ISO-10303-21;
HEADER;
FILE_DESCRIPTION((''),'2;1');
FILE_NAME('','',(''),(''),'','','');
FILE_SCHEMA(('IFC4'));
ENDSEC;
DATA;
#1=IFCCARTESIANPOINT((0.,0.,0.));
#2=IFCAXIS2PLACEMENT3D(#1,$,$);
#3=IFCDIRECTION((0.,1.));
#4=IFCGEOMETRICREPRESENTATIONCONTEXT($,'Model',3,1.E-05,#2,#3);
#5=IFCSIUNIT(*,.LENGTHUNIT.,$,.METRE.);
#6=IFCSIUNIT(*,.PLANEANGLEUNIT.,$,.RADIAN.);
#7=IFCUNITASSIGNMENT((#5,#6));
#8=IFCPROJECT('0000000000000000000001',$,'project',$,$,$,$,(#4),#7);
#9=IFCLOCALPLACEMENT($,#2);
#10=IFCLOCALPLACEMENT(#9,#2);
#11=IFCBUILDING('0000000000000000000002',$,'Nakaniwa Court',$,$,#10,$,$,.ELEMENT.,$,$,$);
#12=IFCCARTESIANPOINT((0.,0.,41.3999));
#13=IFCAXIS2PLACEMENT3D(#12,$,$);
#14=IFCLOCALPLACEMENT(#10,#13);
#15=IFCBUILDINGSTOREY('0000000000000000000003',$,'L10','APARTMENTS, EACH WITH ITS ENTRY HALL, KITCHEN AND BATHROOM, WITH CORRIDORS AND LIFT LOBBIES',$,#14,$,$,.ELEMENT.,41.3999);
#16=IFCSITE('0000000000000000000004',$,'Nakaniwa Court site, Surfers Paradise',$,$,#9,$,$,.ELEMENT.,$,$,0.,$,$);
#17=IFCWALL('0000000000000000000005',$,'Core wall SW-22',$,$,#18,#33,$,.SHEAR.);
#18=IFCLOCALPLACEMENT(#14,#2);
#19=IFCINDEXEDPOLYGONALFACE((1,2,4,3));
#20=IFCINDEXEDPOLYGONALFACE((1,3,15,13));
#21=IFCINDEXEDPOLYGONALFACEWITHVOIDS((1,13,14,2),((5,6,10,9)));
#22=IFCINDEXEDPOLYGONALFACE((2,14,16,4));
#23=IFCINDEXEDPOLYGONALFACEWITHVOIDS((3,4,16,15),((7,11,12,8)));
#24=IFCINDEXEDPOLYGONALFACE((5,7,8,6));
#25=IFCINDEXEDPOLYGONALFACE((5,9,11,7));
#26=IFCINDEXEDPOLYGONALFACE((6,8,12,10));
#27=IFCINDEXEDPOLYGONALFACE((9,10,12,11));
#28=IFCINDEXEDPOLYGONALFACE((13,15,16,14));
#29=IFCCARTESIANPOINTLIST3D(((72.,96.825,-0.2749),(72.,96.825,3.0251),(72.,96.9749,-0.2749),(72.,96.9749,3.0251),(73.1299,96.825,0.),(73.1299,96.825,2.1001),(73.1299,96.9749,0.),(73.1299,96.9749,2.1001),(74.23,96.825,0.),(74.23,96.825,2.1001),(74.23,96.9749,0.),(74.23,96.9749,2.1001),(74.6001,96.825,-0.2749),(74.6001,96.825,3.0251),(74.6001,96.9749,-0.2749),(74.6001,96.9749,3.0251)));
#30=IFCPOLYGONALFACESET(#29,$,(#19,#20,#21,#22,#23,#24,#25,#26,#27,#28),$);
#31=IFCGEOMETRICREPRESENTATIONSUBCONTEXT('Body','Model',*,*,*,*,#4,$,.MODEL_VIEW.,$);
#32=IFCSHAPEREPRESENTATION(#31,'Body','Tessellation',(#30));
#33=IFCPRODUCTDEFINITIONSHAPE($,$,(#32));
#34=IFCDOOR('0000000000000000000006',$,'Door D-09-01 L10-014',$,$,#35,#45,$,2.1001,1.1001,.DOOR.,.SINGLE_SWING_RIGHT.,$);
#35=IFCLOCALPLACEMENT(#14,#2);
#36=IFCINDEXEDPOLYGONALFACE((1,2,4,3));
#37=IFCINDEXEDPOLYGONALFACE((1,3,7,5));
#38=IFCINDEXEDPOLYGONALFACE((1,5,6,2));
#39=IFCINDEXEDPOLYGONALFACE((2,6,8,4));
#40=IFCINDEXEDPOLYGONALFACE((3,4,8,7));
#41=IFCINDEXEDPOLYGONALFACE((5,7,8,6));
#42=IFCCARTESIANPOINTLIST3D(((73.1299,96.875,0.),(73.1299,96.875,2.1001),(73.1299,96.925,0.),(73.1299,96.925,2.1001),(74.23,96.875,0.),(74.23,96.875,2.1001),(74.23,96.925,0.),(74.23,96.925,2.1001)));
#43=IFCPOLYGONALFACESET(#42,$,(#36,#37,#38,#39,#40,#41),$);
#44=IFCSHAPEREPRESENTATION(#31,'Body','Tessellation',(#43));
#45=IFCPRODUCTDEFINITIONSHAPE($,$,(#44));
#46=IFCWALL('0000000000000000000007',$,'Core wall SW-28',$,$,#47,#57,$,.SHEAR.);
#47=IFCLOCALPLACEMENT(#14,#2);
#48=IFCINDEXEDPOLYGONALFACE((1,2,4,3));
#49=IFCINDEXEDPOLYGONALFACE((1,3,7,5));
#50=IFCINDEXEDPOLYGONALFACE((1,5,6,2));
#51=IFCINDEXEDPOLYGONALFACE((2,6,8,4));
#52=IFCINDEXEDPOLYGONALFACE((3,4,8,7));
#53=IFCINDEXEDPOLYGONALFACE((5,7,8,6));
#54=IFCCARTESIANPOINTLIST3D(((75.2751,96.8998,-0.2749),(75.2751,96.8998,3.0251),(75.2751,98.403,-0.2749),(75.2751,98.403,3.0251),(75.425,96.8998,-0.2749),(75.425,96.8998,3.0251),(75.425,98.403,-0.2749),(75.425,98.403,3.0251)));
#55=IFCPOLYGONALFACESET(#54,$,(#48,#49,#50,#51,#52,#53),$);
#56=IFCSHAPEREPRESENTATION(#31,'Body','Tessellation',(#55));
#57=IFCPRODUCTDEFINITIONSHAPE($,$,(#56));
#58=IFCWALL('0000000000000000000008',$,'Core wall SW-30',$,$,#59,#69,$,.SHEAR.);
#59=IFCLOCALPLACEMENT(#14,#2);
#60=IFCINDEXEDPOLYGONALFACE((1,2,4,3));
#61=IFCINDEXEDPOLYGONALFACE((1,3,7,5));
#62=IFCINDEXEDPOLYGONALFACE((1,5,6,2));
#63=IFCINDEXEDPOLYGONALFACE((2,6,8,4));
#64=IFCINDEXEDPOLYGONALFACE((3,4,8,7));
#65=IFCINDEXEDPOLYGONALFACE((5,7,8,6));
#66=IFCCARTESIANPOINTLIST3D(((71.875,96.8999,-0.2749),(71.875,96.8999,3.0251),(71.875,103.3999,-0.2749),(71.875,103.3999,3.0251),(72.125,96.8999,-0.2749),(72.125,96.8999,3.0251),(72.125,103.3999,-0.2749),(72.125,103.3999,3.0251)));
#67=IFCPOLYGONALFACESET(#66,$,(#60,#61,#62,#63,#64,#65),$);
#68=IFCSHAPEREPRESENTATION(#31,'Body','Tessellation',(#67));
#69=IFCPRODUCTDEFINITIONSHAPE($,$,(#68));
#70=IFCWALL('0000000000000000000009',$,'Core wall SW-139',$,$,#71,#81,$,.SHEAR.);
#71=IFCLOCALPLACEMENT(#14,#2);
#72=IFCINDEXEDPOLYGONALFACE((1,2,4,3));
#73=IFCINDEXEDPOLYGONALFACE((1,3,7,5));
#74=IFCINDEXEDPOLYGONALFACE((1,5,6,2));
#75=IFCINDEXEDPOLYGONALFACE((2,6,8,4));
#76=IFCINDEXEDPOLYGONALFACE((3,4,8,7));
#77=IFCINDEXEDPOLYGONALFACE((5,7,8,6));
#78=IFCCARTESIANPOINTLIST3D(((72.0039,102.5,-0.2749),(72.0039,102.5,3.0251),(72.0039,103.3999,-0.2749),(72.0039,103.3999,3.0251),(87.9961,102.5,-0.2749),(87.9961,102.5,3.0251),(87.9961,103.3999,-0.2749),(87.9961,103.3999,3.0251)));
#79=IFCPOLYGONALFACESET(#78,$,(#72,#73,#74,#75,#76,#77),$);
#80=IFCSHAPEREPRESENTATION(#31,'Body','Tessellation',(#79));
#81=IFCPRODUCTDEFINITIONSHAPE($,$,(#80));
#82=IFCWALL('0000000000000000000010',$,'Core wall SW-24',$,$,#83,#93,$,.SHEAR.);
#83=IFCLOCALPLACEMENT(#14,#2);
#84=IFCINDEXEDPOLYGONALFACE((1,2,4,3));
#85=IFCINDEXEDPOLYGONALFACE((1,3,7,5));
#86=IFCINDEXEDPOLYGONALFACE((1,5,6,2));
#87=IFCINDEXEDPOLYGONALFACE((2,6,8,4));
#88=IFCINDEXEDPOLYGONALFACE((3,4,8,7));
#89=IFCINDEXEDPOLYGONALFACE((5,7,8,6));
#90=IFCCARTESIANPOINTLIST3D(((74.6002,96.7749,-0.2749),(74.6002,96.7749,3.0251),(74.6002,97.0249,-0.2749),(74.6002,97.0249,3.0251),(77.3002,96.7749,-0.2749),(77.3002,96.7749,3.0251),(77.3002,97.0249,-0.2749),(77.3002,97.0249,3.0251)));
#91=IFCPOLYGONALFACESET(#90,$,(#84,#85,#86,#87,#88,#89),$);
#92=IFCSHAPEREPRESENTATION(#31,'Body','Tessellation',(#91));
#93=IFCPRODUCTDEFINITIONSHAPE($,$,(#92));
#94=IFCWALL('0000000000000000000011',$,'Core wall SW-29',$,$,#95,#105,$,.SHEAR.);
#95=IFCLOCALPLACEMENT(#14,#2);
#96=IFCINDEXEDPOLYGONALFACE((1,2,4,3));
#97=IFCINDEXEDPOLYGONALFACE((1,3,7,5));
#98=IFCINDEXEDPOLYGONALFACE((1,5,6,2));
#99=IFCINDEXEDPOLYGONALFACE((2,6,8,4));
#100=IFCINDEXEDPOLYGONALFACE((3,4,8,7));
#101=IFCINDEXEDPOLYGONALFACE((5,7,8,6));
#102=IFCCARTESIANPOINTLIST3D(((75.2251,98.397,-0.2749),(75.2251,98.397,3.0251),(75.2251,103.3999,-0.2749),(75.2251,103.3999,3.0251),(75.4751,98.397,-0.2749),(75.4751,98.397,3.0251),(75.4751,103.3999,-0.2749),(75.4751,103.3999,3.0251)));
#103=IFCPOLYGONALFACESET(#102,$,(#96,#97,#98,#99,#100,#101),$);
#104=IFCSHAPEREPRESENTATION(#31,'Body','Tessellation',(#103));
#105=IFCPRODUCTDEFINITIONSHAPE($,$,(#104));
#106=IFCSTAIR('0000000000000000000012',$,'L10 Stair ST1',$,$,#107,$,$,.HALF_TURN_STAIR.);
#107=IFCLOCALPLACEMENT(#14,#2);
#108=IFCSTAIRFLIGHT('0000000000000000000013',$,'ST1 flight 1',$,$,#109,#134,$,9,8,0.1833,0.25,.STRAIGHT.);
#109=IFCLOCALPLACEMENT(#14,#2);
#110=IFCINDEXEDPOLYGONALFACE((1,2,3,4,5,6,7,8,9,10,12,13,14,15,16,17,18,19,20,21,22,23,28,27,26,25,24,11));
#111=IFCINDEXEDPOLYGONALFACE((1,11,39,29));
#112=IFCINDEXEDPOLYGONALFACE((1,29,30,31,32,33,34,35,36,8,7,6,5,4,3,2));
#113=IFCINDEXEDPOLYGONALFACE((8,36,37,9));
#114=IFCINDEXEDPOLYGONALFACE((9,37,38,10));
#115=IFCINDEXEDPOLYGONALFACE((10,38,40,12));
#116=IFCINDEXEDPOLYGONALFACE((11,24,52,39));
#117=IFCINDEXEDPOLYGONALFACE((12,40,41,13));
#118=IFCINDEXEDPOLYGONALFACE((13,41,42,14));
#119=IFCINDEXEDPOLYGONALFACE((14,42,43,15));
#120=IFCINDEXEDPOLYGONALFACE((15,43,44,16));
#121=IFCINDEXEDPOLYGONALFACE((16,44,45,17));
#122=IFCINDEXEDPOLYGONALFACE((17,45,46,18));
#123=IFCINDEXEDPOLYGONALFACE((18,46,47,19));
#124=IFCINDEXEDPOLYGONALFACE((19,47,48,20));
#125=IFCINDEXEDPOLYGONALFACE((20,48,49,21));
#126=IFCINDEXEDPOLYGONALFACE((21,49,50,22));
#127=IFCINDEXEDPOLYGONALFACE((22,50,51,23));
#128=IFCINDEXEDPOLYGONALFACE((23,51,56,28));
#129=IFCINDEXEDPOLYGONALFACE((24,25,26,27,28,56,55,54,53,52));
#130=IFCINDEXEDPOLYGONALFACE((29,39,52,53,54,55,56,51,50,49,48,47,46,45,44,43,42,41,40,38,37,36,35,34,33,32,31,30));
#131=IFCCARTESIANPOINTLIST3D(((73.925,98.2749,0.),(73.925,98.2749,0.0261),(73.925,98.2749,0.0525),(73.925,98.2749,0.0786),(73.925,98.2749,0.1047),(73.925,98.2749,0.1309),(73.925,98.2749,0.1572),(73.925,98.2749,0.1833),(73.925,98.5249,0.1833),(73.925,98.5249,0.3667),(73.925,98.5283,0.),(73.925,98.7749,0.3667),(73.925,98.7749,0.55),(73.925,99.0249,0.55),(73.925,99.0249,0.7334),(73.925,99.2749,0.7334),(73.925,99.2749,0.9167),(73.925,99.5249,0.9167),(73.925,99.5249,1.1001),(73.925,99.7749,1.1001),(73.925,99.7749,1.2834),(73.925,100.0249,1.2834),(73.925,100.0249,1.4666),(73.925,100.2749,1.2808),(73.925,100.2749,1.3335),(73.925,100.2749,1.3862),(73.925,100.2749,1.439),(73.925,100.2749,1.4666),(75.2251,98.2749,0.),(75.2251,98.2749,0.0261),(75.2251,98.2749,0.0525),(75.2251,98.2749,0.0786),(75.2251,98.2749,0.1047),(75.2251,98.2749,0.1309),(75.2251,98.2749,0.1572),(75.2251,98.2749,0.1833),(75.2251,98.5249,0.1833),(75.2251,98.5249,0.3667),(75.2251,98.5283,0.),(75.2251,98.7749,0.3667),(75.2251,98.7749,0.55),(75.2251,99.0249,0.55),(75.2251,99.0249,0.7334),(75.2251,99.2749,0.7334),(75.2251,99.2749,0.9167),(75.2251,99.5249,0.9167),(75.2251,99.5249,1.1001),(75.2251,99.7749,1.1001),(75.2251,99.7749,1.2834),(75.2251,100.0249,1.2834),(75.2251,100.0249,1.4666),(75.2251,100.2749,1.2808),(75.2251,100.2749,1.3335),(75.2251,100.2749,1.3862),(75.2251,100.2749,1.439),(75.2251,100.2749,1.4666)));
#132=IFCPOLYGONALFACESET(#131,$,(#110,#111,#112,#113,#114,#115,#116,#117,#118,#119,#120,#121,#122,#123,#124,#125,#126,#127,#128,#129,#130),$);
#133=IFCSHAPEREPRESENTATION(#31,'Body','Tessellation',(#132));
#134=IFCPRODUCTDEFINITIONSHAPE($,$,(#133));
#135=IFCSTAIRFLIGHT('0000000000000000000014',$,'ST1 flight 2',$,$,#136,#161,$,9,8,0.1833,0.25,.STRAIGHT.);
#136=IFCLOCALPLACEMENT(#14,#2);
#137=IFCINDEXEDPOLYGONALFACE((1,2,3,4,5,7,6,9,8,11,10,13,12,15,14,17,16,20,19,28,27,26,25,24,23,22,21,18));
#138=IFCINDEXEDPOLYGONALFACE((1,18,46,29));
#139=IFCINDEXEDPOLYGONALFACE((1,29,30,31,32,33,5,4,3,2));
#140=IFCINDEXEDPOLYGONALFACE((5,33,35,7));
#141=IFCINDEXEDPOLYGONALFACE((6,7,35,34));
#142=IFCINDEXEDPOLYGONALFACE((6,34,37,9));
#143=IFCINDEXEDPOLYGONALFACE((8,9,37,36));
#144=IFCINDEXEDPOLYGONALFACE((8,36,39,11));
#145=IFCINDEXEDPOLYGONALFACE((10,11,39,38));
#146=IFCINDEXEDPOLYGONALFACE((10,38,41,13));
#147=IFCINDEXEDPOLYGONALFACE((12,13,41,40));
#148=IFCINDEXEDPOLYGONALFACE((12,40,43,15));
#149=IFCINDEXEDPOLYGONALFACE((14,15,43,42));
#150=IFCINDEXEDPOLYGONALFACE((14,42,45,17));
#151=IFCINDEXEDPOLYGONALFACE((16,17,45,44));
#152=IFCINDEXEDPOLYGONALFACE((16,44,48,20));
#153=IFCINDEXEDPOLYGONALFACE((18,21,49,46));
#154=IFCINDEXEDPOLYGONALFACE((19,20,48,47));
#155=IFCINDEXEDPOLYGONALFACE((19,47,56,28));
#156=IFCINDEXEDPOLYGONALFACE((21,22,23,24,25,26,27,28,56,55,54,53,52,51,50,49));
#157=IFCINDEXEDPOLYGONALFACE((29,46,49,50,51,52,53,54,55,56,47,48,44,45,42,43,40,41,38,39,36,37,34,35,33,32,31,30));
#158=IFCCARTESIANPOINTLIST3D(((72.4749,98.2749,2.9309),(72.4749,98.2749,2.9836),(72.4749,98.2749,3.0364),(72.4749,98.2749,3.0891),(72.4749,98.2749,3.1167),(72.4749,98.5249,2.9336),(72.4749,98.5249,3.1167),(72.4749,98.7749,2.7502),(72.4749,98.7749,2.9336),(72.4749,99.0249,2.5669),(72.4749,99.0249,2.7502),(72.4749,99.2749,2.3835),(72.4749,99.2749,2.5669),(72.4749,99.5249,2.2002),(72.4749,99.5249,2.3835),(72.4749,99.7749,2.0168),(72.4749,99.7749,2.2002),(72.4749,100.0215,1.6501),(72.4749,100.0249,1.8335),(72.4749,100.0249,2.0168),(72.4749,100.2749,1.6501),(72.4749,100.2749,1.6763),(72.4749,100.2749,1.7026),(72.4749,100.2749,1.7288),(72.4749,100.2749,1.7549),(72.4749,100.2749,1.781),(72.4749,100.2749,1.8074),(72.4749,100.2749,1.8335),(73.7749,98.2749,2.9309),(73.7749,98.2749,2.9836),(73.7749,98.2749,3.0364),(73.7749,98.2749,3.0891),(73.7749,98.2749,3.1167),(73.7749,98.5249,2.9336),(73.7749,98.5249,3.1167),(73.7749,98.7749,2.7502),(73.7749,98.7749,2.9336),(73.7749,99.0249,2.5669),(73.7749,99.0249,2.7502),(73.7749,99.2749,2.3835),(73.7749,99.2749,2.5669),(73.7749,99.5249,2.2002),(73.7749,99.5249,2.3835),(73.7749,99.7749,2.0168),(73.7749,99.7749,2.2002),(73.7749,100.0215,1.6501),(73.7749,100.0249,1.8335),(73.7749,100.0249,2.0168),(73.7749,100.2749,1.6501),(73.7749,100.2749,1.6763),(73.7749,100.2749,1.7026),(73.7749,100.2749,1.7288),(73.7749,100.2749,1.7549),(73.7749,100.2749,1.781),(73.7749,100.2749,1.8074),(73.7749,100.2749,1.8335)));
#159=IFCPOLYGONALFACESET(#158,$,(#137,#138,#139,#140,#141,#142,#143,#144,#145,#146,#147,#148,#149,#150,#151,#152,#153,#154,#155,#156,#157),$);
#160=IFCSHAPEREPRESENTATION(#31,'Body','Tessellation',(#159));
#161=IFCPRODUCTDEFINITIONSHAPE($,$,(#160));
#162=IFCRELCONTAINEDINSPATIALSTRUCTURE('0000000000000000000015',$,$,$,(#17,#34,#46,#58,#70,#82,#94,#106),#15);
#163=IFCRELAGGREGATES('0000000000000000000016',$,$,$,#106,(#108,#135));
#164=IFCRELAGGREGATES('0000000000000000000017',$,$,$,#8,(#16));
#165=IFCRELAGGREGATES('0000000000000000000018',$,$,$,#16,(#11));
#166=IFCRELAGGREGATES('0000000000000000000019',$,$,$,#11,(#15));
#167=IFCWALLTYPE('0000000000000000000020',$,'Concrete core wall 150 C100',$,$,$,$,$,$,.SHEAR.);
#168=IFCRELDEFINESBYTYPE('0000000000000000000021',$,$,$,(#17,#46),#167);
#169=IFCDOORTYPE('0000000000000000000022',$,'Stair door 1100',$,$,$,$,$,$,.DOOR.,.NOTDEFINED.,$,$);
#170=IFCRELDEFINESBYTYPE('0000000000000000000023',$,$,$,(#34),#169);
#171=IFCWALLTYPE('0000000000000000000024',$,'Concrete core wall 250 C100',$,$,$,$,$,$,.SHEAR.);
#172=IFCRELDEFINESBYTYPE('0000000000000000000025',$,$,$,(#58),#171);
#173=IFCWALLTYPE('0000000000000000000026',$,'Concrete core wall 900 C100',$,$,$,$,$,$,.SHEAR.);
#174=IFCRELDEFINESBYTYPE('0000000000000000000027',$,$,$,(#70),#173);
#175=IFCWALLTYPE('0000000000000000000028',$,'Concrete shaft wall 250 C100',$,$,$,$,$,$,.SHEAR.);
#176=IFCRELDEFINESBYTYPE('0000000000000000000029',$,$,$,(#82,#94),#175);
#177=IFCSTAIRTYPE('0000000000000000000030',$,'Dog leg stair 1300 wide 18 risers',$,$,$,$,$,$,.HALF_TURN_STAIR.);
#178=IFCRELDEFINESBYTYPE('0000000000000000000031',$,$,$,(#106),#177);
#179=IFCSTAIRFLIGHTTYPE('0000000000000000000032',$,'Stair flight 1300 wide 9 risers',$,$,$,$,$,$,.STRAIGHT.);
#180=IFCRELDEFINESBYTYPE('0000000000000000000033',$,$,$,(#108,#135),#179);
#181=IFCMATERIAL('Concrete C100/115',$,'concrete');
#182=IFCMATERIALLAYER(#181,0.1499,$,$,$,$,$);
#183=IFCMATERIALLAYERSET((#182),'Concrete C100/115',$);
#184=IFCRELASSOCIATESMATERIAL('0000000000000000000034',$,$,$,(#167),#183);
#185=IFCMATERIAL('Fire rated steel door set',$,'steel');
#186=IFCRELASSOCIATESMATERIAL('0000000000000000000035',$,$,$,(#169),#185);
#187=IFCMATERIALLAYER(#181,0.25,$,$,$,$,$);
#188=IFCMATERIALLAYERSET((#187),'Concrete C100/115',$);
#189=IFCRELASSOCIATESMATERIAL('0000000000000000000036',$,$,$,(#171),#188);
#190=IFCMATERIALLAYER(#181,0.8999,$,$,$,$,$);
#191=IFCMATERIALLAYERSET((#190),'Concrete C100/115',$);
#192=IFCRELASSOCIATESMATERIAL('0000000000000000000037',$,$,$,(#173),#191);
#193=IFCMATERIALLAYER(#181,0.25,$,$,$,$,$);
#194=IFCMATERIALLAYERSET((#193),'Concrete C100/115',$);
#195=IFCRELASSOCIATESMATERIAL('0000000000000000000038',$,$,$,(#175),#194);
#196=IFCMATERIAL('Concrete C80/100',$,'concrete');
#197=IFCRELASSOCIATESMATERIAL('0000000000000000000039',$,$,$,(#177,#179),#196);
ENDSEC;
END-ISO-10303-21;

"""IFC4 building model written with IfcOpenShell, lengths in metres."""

from ifc_helpers import new_model, si_unit, direction, frame, frame_2d, origin, place, context, subcontext, project, spatial, polyline, rectangle, outline, extrude, material, layer, layer_set, type_object, element, fill, aggregate, save


model = new_model("IFC4")

# Units and contexts
model_context = context("Model", 3, precision=1e-05, world=origin(), true_north=direction((0.0, 1.0)))
body_context = subcontext(model_context, "Body", "Model", "MODEL_VIEW")
ifc_project = project(units=[si_unit("LENGTHUNIT", "METRE"), si_unit("PLANEANGLEUNIT", "RADIAN")], contexts=[model_context])

# Site, building, storey
site_placement = place(None, origin())
site = spatial("IfcSite", under=ifc_project, at=site_placement, Name="Nakaniwa Court site, Surfers Paradise", CompositionType="ELEMENT", RefElevation=0.0)
building_placement = place(site_placement, origin())
building = spatial("IfcBuilding", under=site, at=building_placement, Name="Nakaniwa Court", CompositionType="ELEMENT")
storey_placement = place(building_placement, frame((0.0, 0.0, 41.3999)))
storey = spatial("IfcBuildingStorey", under=building, at=storey_placement, Name="L10", Description="APARTMENTS, EACH WITH ITS ENTRY HALL, KITCHEN AND BATHROOM, WITH CORRIDORS AND LIFT LOBBIES", CompositionType="ELEMENT", Elevation=41.3999)

# Shared definitions
ifc_material_1 = material(Name="Concrete C100/115", Category="concrete")

# Shared definitions
ifc_material_2 = material(Name="Concrete C80/100", Category="concrete")

# Shared definitions
ifc_material_3 = material(Name="Fire rated steel door set", Category="steel")

# Wall, opening, door
ifc_layer_1 = layer(ifc_material_1, 0.1499)
ifc_layer_set_1 = layer_set([ifc_layer_1], Name="Concrete C100/115")
wall_type_1 = type_object("IfcWallType", Name="Concrete core wall 150 C100", PredefinedType="SHEAR", material=ifc_layer_set_1)
wall_1_placement = place(storey_placement, frame((74.6001, 96.8999, -0.2749), z_axis=(0.0, 0.0, 1.0), x_axis=(-1.0, 0.0, 0.0)))
wall_1 = element("IfcWall", 1, at=wall_1_placement, inside=storey, type_object=wall_type_1, Name="Core wall SW-22", PredefinedType="SHEAR", context=body_context, shape_type="SweptSolid", body=[
    extrude(rectangle(XDim=2.6001, YDim=0.1499, at=frame_2d((1.3, 0.0))), origin(), (0.0, 0.0, 1.0), 3.3),
])
opening_1_placement = place(wall_1_placement, frame((0.3701, 0.0, 0.2749)))
opening_1 = element("IfcOpeningElement", 2, at=opening_1_placement, cuts=wall_1, PredefinedType="OPENING", context=body_context, shape_type="SweptSolid", body=[
    extrude(rectangle(XDim=1.1001, YDim=2.1001, at=frame_2d((0.55, 1.05))), frame((0.0, 0.085, 0.0), z_axis=(0.0, -1.0, 0.0), x_axis=(1.0, 0.0, 0.0)), (0.0, 0.0, 1.0), 0.1699),
])
door_type_1 = type_object("IfcDoorType", Name="Stair door 1100", OperationType="NOTDEFINED", PredefinedType="DOOR", material=ifc_material_3)
door_1_placement = place(opening_1_placement, origin())
door_1 = element("IfcDoor", 3, at=door_1_placement, inside=storey, type_object=door_type_1, Name="Door D-09-01 L10-014", OperationType="SINGLE_SWING_RIGHT", OverallHeight=2.1001, OverallWidth=1.1001, PredefinedType="DOOR", context=body_context, shape_type="SweptSolid", body=[
    extrude(rectangle(XDim=1.1001, YDim=2.1001, at=frame_2d((0.55, 1.05))), frame((0.0, 0.0249, 0.0), z_axis=(0.0, -1.0, 0.0), x_axis=(1.0, 0.0, 0.0)), (0.0, 0.0, 1.0), 0.05),
])
fill(opening_1, door_1)

# Walls
wall_2_placement = place(storey_placement, frame((75.3501, 96.8999, -0.2749), z_axis=(0.0, 0.0, 1.0), x_axis=(0.0, 1.0, 0.0)))
element("IfcWall", 4, at=wall_2_placement, inside=storey, type_object=wall_type_1, Name="Core wall SW-28", PredefinedType="SHEAR", context=body_context, shape_type="SweptSolid", body=[
    extrude(rectangle(XDim=1.5032, YDim=0.1499, at=frame_2d((0.7515, 0.0))), origin(), (0.0, 0.0, 1.0), 3.3),
])
ifc_layer_2 = layer(ifc_material_1, 0.25)
ifc_layer_set_2 = layer_set([ifc_layer_2], Name="Concrete C100/115")
wall_type_2 = type_object("IfcWallType", Name="Concrete core wall 250 C100", PredefinedType="SHEAR", material=ifc_layer_set_2)
wall_3_placement = place(storey_placement, frame((72.0, 96.8999, -0.2749), z_axis=(0.0, 0.0, 1.0), x_axis=(0.0, 1.0, 0.0)))
element("IfcWall", 5, at=wall_3_placement, inside=storey, type_object=wall_type_2, Name="Core wall SW-30", PredefinedType="SHEAR", context=body_context, shape_type="SweptSolid", body=[
    extrude(rectangle(XDim=6.5, YDim=0.25, at=frame_2d((3.25, 0.0))), origin(), (0.0, 0.0, 1.0), 3.3),
])
ifc_layer_3 = layer(ifc_material_1, 0.8999)
ifc_layer_set_3 = layer_set([ifc_layer_3], Name="Concrete C100/115")
wall_type_3 = type_object("IfcWallType", Name="Concrete core wall 900 C100", PredefinedType="SHEAR", material=ifc_layer_set_3)
wall_4_placement = place(storey_placement, frame((72.0039, 102.95, -0.2749), z_axis=(0.0, 0.0, 1.0), x_axis=(1.0, 0.0, 0.0)))
element("IfcWall", 6, at=wall_4_placement, inside=storey, type_object=wall_type_3, Name="Core wall SW-139", PredefinedType="SHEAR", context=body_context, shape_type="SweptSolid", body=[
    extrude(rectangle(XDim=15.9922, YDim=0.8999, at=frame_2d((7.9961, 0.0))), origin(), (0.0, 0.0, 1.0), 3.3),
])
ifc_layer_4 = layer(ifc_material_1, 0.25)
ifc_layer_set_4 = layer_set([ifc_layer_4], Name="Concrete C100/115")
wall_type_4 = type_object("IfcWallType", Name="Concrete shaft wall 250 C100", PredefinedType="SHEAR", material=ifc_layer_set_4)
wall_5_placement = place(storey_placement, frame((74.6001, 96.8999, -0.2749), z_axis=(0.0, 0.0, 1.0), x_axis=(1.0, 0.0, 0.0)))
element("IfcWall", 7, at=wall_5_placement, inside=storey, type_object=wall_type_4, Name="Core wall SW-24", PredefinedType="SHEAR", context=body_context, shape_type="SweptSolid", body=[
    extrude(rectangle(XDim=2.7, YDim=0.25, at=frame_2d((1.3501, 0.0))), origin(), (0.0, 0.0, 1.0), 3.3),
])
wall_6_placement = place(storey_placement, frame((75.3501, 98.397, -0.2749), z_axis=(0.0, 0.0, 1.0), x_axis=(0.0, 1.0, 0.0)))
element("IfcWall", 8, at=wall_6_placement, inside=storey, type_object=wall_type_4, Name="Core wall SW-29", PredefinedType="SHEAR", context=body_context, shape_type="SweptSolid", body=[
    extrude(rectangle(XDim=5.0029, YDim=0.25, at=frame_2d((2.5015, 0.0))), origin(), (0.0, 0.0, 1.0), 3.3),
])

# Stair, stair flights
stair_type = type_object("IfcStairType", Name="Dog leg stair 1300 wide 18 risers", PredefinedType="HALF_TURN_STAIR", material=ifc_material_2)
stair_placement = place(storey_placement, origin())
stair = element("IfcStair", 9, at=stair_placement, inside=storey, type_object=stair_type, Name="L10 Stair ST1", PredefinedType="HALF_TURN_STAIR")
stair_flight_type = type_object("IfcStairFlightType", Name="Stair flight 1300 wide 9 risers", PredefinedType="STRAIGHT", material=ifc_material_2)
stair_flight_1_placement = place(storey_placement, frame((74.575, 98.2749, 0.0), z_axis=(0.0, 0.0, 1.0), x_axis=(0.0, 1.0, 0.0)))
stair_flight_1 = element("IfcStairFlight", 10, at=stair_flight_1_placement, type_object=stair_flight_type, Name="ST1 flight 1", NumberOfRisers=9, NumberOfTreads=8, PredefinedType="STRAIGHT", RiserHeight=0.1833, TreadLength=0.25, context=body_context, shape_type="SweptSolid", body=[
    extrude(outline(polyline([(0.0, 0.0), (0.0, 0.0261), (0.0, 0.0525), (0.0, 0.0786), (0.0, 0.1047), (0.0, 0.1309), (0.0, 0.1572), (0.0, 0.1833), (0.25, 0.1833), (0.25, 0.3667), (0.5, 0.3667), (0.5, 0.55), (0.75, 0.55), (0.75, 0.7334), (1.0, 0.7334), (1.0, 0.9167), (1.25, 0.9167), (1.25, 1.1001), (1.5, 1.1001), (1.5, 1.2834), (1.75, 1.2834), (1.75, 1.4666), (2.0, 1.4666), (2.0, 1.6499), (2.0, 1.5972), (2.0, 1.5444), (2.0, 1.4917), (2.0, 1.439), (2.0, 1.3862), (2.0, 1.3335), (2.0, 1.2808), (0.2534, 0.0), (0.0, 0.0)])), frame((0.0, 0.6499, 0.0), z_axis=(0.0, -1.0, 0.0), x_axis=(1.0, 0.0, 0.0)), (0.0, 0.0, 1.0), 1.3),
])
stair_flight_2_placement = place(storey_placement, frame((73.125, 100.2749, 1.6501), z_axis=(0.0, 0.0, 1.0), x_axis=(0.0, -1.0, 0.0)))
stair_flight_2 = element("IfcStairFlight", 11, at=stair_flight_2_placement, type_object=stair_flight_type, Name="ST1 flight 2", NumberOfRisers=9, NumberOfTreads=8, PredefinedType="STRAIGHT", RiserHeight=0.1833, TreadLength=0.25, context=body_context, shape_type="SweptSolid", body=[
    extrude(outline(polyline([(0.0, 0.0), (0.0, 0.0261), (0.0, 0.0525), (0.0, 0.0786), (0.0, 0.1047), (0.0, 0.1309), (0.0, 0.1572), (0.0, 0.1833), (0.25, 0.1833), (0.25, 0.3667), (0.5, 0.3667), (0.5, 0.55), (0.75, 0.55), (0.75, 0.7334), (1.0, 0.7334), (1.0, 0.9167), (1.25, 0.9167), (1.25, 1.1001), (1.5, 1.1001), (1.5, 1.2834), (1.75, 1.2834), (1.75, 1.4666), (2.0, 1.4666), (2.0, 1.6499), (2.0, 1.5972), (2.0, 1.5444), (2.0, 1.4917), (2.0, 1.439), (2.0, 1.3862), (2.0, 1.3335), (2.0, 1.2808), (0.2534, 0.0), (0.0, 0.0)])), frame((0.0, 0.6499, 0.0), z_axis=(0.0, -1.0, 0.0), x_axis=(1.0, 0.0, 0.0)), (0.0, 0.0, 1.0), 1.3),
])
aggregate(stair, [stair_flight_1, stair_flight_2])

save(model, "model.ifc")
